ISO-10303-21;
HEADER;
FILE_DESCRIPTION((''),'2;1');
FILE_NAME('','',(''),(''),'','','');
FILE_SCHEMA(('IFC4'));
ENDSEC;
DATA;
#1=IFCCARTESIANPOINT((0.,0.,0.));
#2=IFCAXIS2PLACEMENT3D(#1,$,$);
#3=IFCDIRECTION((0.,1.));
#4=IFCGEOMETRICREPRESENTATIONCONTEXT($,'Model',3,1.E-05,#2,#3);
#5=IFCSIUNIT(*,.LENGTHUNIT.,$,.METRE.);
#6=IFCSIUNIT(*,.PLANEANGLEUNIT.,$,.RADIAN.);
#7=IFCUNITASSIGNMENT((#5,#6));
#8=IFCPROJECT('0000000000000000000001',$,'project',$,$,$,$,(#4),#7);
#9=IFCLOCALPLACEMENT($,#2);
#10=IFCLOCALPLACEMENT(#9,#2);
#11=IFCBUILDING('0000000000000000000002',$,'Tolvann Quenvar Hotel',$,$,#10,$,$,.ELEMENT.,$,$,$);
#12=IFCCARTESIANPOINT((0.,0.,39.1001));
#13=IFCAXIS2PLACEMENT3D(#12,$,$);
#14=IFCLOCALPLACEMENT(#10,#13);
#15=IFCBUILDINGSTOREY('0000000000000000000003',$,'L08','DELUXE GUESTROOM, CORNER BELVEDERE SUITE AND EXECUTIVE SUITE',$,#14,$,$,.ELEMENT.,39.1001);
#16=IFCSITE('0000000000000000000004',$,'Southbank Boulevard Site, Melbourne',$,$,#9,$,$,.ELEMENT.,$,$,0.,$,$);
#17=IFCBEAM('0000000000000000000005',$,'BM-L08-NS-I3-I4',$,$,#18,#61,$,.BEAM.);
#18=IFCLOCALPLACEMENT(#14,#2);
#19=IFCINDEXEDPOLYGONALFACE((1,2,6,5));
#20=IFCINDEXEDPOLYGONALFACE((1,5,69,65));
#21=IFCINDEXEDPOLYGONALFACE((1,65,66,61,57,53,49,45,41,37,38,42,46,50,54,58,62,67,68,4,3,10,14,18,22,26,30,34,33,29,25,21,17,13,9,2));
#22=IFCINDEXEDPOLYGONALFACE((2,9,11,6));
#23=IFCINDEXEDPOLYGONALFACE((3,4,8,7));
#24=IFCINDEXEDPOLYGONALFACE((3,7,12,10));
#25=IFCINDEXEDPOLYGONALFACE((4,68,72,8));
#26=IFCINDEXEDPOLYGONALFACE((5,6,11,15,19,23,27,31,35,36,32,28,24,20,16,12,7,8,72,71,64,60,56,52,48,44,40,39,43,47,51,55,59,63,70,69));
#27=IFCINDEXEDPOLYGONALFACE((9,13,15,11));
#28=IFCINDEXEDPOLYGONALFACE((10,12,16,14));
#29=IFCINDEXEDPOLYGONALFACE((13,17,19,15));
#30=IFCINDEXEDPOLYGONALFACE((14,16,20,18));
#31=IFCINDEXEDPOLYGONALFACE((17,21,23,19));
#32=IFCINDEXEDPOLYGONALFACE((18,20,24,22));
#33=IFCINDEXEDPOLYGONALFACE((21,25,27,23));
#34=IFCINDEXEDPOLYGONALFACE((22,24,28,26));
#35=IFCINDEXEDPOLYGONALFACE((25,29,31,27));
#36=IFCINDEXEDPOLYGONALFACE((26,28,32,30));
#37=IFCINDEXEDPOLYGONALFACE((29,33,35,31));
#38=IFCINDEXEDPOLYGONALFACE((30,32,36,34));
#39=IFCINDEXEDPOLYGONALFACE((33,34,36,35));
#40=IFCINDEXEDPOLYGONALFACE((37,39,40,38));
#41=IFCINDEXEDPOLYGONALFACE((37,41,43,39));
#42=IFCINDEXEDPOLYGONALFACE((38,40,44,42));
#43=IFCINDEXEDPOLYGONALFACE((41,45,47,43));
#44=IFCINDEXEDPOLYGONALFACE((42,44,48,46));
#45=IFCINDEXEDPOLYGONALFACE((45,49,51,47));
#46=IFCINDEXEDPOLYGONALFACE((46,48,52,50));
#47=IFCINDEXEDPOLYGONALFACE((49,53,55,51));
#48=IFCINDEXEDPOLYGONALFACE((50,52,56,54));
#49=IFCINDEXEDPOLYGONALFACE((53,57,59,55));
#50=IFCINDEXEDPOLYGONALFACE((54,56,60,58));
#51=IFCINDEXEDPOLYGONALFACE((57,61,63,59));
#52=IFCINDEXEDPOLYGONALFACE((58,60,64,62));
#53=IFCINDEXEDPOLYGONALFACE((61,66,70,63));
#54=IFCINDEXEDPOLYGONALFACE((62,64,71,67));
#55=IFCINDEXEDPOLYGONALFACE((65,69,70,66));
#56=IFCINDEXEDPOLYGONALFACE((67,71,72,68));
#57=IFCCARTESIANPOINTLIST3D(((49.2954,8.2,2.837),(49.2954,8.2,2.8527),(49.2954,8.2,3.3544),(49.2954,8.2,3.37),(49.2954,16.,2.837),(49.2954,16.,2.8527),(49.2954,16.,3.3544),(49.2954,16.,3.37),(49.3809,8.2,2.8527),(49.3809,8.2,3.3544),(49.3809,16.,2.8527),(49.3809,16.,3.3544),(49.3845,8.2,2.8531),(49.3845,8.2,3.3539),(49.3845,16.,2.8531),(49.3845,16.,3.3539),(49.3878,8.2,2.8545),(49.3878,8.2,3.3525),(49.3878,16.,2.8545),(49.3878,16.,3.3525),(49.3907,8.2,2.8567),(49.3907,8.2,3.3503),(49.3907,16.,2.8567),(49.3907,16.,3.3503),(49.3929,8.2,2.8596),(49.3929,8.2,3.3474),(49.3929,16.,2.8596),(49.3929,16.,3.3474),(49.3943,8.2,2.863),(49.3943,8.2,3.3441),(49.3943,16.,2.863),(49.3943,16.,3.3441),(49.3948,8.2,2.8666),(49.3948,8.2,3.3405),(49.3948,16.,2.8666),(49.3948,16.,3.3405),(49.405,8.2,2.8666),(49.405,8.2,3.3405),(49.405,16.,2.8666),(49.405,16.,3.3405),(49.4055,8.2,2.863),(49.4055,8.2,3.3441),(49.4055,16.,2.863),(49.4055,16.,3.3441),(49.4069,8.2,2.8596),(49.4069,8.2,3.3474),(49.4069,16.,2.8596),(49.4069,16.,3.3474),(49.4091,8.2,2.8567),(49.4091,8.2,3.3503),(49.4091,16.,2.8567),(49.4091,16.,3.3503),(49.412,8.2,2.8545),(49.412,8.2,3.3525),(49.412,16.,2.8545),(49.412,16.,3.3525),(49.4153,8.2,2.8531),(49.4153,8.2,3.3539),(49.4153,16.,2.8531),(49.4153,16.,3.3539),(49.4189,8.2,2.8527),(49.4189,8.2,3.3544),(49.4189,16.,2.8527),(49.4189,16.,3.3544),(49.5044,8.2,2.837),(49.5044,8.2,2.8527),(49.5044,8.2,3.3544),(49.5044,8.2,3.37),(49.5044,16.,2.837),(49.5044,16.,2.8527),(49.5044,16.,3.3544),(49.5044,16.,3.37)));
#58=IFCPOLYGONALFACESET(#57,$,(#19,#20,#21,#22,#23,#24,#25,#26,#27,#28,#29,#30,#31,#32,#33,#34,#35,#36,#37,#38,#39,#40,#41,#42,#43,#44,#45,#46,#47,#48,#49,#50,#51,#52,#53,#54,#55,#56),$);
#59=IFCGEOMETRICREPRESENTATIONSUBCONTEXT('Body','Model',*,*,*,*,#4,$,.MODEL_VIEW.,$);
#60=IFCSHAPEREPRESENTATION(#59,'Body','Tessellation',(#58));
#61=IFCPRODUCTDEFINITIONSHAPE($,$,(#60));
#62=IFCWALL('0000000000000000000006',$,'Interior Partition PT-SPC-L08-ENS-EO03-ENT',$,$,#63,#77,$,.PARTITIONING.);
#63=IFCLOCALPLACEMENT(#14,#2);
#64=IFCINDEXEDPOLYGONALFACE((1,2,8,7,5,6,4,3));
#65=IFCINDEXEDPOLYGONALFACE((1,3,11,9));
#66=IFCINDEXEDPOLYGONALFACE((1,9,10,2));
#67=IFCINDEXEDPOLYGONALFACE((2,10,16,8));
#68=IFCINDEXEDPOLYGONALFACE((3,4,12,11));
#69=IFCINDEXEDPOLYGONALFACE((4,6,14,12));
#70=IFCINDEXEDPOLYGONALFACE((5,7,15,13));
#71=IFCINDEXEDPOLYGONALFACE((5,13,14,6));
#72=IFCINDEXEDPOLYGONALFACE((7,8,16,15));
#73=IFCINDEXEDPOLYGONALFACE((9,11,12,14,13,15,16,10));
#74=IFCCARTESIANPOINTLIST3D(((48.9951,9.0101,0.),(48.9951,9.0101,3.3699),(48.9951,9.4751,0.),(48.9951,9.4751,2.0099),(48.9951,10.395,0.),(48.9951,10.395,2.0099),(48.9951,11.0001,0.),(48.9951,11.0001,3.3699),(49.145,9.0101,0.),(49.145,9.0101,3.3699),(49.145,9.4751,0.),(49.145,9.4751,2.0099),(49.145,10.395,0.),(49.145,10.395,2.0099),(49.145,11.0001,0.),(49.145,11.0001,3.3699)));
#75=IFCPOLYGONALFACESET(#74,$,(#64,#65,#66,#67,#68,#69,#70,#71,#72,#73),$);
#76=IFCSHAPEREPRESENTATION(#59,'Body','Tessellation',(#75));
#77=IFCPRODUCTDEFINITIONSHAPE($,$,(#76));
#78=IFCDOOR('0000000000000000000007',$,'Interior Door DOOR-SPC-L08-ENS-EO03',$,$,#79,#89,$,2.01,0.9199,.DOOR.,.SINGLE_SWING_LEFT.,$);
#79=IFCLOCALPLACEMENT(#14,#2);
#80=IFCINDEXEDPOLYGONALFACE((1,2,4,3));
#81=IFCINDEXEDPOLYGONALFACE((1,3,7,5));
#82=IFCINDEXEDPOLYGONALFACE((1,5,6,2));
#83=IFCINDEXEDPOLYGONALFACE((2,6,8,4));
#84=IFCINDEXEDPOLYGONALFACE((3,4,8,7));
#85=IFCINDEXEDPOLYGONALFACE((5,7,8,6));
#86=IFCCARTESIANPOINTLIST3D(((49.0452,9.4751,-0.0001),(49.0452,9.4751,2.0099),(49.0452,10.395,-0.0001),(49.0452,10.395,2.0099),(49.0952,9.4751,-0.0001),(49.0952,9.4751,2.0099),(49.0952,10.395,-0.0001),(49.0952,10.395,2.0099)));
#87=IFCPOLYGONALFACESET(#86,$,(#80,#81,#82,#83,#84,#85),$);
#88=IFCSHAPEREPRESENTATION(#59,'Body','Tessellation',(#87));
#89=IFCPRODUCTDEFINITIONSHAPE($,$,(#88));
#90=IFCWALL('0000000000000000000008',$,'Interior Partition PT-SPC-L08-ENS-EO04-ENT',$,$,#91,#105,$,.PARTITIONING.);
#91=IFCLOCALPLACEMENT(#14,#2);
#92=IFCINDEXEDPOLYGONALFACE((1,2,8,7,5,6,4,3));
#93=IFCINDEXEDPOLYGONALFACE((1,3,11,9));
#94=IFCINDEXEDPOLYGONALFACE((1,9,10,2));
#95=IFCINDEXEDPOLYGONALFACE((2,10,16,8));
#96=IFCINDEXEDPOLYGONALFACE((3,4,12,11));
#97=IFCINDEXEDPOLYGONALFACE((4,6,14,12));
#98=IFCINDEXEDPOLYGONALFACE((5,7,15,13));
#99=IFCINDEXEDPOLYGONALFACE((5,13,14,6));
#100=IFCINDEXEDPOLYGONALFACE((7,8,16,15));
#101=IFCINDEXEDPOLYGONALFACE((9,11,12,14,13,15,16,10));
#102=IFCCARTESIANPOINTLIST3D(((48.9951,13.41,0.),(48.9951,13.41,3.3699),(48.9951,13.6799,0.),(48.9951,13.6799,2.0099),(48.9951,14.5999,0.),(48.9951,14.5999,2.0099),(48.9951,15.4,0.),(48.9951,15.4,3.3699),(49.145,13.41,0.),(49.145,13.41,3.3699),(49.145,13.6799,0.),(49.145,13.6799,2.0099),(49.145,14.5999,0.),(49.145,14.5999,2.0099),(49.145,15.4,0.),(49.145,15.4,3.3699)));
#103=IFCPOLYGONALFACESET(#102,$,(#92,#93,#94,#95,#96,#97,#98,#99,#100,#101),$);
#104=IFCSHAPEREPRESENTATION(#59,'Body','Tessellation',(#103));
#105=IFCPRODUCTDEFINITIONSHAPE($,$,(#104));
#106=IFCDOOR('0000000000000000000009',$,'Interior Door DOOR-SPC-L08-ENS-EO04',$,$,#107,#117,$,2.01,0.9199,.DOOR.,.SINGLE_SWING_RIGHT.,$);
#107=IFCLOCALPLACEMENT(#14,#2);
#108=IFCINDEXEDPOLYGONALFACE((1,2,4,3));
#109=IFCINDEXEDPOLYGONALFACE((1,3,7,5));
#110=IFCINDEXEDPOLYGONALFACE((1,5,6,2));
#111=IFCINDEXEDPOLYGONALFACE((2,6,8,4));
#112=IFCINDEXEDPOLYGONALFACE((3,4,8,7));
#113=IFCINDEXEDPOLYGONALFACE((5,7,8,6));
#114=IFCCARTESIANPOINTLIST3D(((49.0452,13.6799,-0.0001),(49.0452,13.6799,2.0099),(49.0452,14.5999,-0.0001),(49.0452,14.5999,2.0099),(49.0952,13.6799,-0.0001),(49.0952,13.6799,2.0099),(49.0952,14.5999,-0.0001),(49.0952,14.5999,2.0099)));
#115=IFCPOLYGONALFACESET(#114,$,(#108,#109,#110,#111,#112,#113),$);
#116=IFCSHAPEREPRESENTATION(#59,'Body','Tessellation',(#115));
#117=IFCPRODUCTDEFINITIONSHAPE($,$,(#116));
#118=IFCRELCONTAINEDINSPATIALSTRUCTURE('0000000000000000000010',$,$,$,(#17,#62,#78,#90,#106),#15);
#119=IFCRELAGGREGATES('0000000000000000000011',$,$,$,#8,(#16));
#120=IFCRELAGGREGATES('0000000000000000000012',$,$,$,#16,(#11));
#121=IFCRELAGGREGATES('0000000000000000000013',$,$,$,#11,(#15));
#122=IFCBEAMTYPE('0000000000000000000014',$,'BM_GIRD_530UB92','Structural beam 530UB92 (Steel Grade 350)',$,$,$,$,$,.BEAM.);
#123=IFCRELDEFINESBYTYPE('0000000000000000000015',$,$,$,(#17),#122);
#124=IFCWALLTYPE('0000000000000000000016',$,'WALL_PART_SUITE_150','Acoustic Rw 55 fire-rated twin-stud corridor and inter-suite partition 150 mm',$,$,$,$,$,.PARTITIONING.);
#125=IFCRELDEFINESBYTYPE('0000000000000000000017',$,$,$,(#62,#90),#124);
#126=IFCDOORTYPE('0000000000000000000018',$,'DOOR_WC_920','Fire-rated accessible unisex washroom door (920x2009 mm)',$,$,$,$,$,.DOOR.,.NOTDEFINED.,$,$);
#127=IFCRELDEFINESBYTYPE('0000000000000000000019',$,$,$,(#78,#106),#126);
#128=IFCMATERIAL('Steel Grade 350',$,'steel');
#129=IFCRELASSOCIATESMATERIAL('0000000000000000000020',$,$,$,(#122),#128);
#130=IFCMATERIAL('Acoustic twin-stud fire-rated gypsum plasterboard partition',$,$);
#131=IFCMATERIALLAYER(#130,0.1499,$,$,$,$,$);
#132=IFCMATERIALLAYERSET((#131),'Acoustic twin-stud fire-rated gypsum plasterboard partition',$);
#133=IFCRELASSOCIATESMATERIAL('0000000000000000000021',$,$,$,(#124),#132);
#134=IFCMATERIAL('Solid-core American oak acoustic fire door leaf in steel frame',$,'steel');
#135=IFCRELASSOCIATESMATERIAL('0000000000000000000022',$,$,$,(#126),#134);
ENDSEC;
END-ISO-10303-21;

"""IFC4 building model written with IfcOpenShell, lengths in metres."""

from ifc_helpers import new_model, si_unit, direction, frame, frame_2d, origin, origin_2d, place, context, subcontext, project, spatial, rectangle, i_section, extrude, source, transform, mapped, material, layer, layer_set, material_profile, profile_set, type_object, type_shapes, element, fill, save


model = new_model("IFC4")

# Units and contexts
model_context = context("Model", 3, precision=1e-05, world=origin(), true_north=direction((0.0, 1.0)))
body_context = subcontext(model_context, "Body", "Model", "MODEL_VIEW")
ifc_project = project(units=[si_unit("LENGTHUNIT", "METRE"), si_unit("PLANEANGLEUNIT", "RADIAN")], contexts=[model_context])

# Site, building, storey
site_placement = place(None, origin())
site = spatial("IfcSite", under=ifc_project, at=site_placement, Name="Southbank Boulevard Site, Melbourne", CompositionType="ELEMENT", RefElevation=0.0)
building_placement = place(site_placement, origin())
building = spatial("IfcBuilding", under=site, at=building_placement, Name="Tolvann Quenvar Hotel", CompositionType="ELEMENT")
storey_placement = place(building_placement, frame((0.0, 0.0, 39.1001)))
storey = spatial("IfcBuildingStorey", under=building, at=storey_placement, Name="L08", Description="DELUXE GUESTROOM, CORNER BELVEDERE SUITE AND EXECUTIVE SUITE", CompositionType="ELEMENT", Elevation=39.1001)

# Shared definitions
ifc_material_1 = material(Name="Steel Grade 350", Category="steel")

# Beam
ifc_material_profile_1 = material_profile(ifc_material_1, i_section(OverallWidth=0.209, OverallDepth=0.533, WebThickness=0.0103, FlangeThickness=0.0156, FilletRadius=0.0139, at=origin_2d()), Name="530UB92")
ifc_profile_set_1 = profile_set([ifc_material_profile_1], Name="Steel Grade 350")
beam_type_1 = type_object("IfcBeamType", Name="BM_GIRD_530UB92", Description="Structural beam 530UB92 (Steel Grade 350)", PredefinedType="BEAM", material=ifc_profile_set_1)
shared_shape_1 = source(origin(), body_context, "Body", "SweptSolid", [
    extrude(i_section(OverallWidth=0.209, OverallDepth=0.533, WebThickness=0.0103, FlangeThickness=0.0156, FilletRadius=0.0139, at=origin_2d()), origin(), (0.0, 0.0, 1.0), 7.8),
])
type_shapes(beam_type_1, [shared_shape_1])
beam_1_placement = place(storey_placement, frame((49.3999, 8.2, 3.1035), z_axis=(0.0, 1.0, 0.0), x_axis=(-1.0, 0.0, 0.0)))
element("IfcBeam", 1, at=beam_1_placement, inside=storey, type_object=beam_type_1, Name="BM-L08-NS-I3-I4", PredefinedType="BEAM", context=body_context, shape_type="MappedRepresentation", body=[
    mapped(shared_shape_1, transform((0.0, 0.0, 0.0), x_axis=(1.0, 0.0, 0.0), y_axis=(0.0, 1.0, 0.0), z_axis=(0.0, 0.0, 1.0), scale=1.0)),
])

# Walls, openings, doors
ifc_material_2 = material(Name="Acoustic twin-stud fire-rated gypsum plasterboard partition")
ifc_layer_1 = layer(ifc_material_2, 0.1499)
ifc_layer_set_1 = layer_set([ifc_layer_1], Name="Acoustic twin-stud fire-rated gypsum plasterboard partition")
wall_type_1 = type_object("IfcWallType", Name="WALL_PART_SUITE_150", Description="Acoustic Rw 55 fire-rated twin-stud corridor and inter-suite partition 150 mm", PredefinedType="PARTITIONING", material=ifc_layer_set_1)
wall_1_placement = place(storey_placement, frame((49.0701, 9.01, 0.0), z_axis=(0.0, 0.0, 1.0), x_axis=(0.0, 1.0, 0.0)))
wall_1 = element("IfcWall", 2, at=wall_1_placement, inside=storey, type_object=wall_type_1, Name="Interior Partition PT-SPC-L08-ENS-EO03-ENT", PredefinedType="PARTITIONING", context=body_context, shape_type="SweptSolid", body=[
    extrude(rectangle(XDim=1.99, YDim=0.1499, at=frame_2d((0.9951, 0.0))), origin(), (0.0, 0.0, 1.0), 3.3699),
])
opening_1_placement = place(wall_1_placement, frame((0.4651, 0.0, 0.0)))
opening_1 = element("IfcOpeningElement", 3, at=opening_1_placement, cuts=wall_1, PredefinedType="OPENING", context=body_context, shape_type="SweptSolid", body=[
    extrude(rectangle(XDim=0.9199, YDim=2.01, at=frame_2d((0.46, 1.0049))), frame((0.0, 0.085, 0.0), z_axis=(0.0, -1.0, 0.0), x_axis=(1.0, 0.0, 0.0)), (0.0, 0.0, 1.0), 0.1699),
])
ifc_material_3 = material(Name="Solid-core American oak acoustic fire door leaf in steel frame", Category="steel")
door_type = type_object("IfcDoorType", Name="DOOR_WC_920", Description="Fire-rated accessible unisex washroom door (920x2009 mm)", OperationType="NOTDEFINED", PredefinedType="DOOR", material=ifc_material_3)
shared_shape_2 = source(origin(), body_context, "Body", "SweptSolid", [
    extrude(rectangle(XDim=0.9199, YDim=2.01, at=frame_2d((0.46, 1.0049))), frame((0.0, 0.0249, 0.0), z_axis=(0.0, -1.0, 0.0), x_axis=(1.0, 0.0, 0.0)), (0.0, 0.0, 1.0), 0.05),
])
type_shapes(door_type, [shared_shape_2])
door_1_placement = place(opening_1_placement, origin())
door_1 = element("IfcDoor", 4, at=door_1_placement, inside=storey, type_object=door_type, Name="Interior Door DOOR-SPC-L08-ENS-EO03", OperationType="SINGLE_SWING_LEFT", OverallHeight=2.01, OverallWidth=0.9199, PredefinedType="DOOR", context=body_context, shape_type="MappedRepresentation", body=[
    mapped(shared_shape_2, transform((0.0, 0.0, 0.0), x_axis=(1.0, 0.0, 0.0), y_axis=(0.0, 1.0, 0.0), z_axis=(0.0, 0.0, 1.0), scale=1.0)),
])
fill(opening_1, door_1)
wall_2_placement = place(storey_placement, frame((49.0701, 13.4099, 0.0), z_axis=(0.0, 0.0, 1.0), x_axis=(0.0, 1.0, 0.0)))
wall_2 = element("IfcWall", 5, at=wall_2_placement, inside=storey, type_object=wall_type_1, Name="Interior Partition PT-SPC-L08-ENS-EO04-ENT", PredefinedType="PARTITIONING", context=body_context, shape_type="SweptSolid", body=[
    extrude(rectangle(XDim=1.99, YDim=0.1499, at=frame_2d((0.9951, 0.0))), origin(), (0.0, 0.0, 1.0), 3.3699),
])
opening_2_placement = place(wall_2_placement, frame((0.27, 0.0, 0.0)))
opening_2 = element("IfcOpeningElement", 6, at=opening_2_placement, cuts=wall_2, PredefinedType="OPENING", context=body_context, shape_type="SweptSolid", body=[
    extrude(rectangle(XDim=0.9199, YDim=2.01, at=frame_2d((0.46, 1.0049))), frame((0.0, 0.085, 0.0), z_axis=(0.0, -1.0, 0.0), x_axis=(1.0, 0.0, 0.0)), (0.0, 0.0, 1.0), 0.1699),
])
door_2_placement = place(opening_2_placement, origin())
door_2 = element("IfcDoor", 7, at=door_2_placement, inside=storey, type_object=door_type, Name="Interior Door DOOR-SPC-L08-ENS-EO04", OperationType="SINGLE_SWING_RIGHT", OverallHeight=2.01, OverallWidth=0.9199, PredefinedType="DOOR", context=body_context, shape_type="MappedRepresentation", body=[
    mapped(shared_shape_2, transform((0.0, 0.0, 0.0), x_axis=(1.0, 0.0, 0.0), y_axis=(0.0, 1.0, 0.0), z_axis=(0.0, 0.0, 1.0), scale=1.0)),
])
fill(opening_2, door_2)

save(model, "model.ifc")
